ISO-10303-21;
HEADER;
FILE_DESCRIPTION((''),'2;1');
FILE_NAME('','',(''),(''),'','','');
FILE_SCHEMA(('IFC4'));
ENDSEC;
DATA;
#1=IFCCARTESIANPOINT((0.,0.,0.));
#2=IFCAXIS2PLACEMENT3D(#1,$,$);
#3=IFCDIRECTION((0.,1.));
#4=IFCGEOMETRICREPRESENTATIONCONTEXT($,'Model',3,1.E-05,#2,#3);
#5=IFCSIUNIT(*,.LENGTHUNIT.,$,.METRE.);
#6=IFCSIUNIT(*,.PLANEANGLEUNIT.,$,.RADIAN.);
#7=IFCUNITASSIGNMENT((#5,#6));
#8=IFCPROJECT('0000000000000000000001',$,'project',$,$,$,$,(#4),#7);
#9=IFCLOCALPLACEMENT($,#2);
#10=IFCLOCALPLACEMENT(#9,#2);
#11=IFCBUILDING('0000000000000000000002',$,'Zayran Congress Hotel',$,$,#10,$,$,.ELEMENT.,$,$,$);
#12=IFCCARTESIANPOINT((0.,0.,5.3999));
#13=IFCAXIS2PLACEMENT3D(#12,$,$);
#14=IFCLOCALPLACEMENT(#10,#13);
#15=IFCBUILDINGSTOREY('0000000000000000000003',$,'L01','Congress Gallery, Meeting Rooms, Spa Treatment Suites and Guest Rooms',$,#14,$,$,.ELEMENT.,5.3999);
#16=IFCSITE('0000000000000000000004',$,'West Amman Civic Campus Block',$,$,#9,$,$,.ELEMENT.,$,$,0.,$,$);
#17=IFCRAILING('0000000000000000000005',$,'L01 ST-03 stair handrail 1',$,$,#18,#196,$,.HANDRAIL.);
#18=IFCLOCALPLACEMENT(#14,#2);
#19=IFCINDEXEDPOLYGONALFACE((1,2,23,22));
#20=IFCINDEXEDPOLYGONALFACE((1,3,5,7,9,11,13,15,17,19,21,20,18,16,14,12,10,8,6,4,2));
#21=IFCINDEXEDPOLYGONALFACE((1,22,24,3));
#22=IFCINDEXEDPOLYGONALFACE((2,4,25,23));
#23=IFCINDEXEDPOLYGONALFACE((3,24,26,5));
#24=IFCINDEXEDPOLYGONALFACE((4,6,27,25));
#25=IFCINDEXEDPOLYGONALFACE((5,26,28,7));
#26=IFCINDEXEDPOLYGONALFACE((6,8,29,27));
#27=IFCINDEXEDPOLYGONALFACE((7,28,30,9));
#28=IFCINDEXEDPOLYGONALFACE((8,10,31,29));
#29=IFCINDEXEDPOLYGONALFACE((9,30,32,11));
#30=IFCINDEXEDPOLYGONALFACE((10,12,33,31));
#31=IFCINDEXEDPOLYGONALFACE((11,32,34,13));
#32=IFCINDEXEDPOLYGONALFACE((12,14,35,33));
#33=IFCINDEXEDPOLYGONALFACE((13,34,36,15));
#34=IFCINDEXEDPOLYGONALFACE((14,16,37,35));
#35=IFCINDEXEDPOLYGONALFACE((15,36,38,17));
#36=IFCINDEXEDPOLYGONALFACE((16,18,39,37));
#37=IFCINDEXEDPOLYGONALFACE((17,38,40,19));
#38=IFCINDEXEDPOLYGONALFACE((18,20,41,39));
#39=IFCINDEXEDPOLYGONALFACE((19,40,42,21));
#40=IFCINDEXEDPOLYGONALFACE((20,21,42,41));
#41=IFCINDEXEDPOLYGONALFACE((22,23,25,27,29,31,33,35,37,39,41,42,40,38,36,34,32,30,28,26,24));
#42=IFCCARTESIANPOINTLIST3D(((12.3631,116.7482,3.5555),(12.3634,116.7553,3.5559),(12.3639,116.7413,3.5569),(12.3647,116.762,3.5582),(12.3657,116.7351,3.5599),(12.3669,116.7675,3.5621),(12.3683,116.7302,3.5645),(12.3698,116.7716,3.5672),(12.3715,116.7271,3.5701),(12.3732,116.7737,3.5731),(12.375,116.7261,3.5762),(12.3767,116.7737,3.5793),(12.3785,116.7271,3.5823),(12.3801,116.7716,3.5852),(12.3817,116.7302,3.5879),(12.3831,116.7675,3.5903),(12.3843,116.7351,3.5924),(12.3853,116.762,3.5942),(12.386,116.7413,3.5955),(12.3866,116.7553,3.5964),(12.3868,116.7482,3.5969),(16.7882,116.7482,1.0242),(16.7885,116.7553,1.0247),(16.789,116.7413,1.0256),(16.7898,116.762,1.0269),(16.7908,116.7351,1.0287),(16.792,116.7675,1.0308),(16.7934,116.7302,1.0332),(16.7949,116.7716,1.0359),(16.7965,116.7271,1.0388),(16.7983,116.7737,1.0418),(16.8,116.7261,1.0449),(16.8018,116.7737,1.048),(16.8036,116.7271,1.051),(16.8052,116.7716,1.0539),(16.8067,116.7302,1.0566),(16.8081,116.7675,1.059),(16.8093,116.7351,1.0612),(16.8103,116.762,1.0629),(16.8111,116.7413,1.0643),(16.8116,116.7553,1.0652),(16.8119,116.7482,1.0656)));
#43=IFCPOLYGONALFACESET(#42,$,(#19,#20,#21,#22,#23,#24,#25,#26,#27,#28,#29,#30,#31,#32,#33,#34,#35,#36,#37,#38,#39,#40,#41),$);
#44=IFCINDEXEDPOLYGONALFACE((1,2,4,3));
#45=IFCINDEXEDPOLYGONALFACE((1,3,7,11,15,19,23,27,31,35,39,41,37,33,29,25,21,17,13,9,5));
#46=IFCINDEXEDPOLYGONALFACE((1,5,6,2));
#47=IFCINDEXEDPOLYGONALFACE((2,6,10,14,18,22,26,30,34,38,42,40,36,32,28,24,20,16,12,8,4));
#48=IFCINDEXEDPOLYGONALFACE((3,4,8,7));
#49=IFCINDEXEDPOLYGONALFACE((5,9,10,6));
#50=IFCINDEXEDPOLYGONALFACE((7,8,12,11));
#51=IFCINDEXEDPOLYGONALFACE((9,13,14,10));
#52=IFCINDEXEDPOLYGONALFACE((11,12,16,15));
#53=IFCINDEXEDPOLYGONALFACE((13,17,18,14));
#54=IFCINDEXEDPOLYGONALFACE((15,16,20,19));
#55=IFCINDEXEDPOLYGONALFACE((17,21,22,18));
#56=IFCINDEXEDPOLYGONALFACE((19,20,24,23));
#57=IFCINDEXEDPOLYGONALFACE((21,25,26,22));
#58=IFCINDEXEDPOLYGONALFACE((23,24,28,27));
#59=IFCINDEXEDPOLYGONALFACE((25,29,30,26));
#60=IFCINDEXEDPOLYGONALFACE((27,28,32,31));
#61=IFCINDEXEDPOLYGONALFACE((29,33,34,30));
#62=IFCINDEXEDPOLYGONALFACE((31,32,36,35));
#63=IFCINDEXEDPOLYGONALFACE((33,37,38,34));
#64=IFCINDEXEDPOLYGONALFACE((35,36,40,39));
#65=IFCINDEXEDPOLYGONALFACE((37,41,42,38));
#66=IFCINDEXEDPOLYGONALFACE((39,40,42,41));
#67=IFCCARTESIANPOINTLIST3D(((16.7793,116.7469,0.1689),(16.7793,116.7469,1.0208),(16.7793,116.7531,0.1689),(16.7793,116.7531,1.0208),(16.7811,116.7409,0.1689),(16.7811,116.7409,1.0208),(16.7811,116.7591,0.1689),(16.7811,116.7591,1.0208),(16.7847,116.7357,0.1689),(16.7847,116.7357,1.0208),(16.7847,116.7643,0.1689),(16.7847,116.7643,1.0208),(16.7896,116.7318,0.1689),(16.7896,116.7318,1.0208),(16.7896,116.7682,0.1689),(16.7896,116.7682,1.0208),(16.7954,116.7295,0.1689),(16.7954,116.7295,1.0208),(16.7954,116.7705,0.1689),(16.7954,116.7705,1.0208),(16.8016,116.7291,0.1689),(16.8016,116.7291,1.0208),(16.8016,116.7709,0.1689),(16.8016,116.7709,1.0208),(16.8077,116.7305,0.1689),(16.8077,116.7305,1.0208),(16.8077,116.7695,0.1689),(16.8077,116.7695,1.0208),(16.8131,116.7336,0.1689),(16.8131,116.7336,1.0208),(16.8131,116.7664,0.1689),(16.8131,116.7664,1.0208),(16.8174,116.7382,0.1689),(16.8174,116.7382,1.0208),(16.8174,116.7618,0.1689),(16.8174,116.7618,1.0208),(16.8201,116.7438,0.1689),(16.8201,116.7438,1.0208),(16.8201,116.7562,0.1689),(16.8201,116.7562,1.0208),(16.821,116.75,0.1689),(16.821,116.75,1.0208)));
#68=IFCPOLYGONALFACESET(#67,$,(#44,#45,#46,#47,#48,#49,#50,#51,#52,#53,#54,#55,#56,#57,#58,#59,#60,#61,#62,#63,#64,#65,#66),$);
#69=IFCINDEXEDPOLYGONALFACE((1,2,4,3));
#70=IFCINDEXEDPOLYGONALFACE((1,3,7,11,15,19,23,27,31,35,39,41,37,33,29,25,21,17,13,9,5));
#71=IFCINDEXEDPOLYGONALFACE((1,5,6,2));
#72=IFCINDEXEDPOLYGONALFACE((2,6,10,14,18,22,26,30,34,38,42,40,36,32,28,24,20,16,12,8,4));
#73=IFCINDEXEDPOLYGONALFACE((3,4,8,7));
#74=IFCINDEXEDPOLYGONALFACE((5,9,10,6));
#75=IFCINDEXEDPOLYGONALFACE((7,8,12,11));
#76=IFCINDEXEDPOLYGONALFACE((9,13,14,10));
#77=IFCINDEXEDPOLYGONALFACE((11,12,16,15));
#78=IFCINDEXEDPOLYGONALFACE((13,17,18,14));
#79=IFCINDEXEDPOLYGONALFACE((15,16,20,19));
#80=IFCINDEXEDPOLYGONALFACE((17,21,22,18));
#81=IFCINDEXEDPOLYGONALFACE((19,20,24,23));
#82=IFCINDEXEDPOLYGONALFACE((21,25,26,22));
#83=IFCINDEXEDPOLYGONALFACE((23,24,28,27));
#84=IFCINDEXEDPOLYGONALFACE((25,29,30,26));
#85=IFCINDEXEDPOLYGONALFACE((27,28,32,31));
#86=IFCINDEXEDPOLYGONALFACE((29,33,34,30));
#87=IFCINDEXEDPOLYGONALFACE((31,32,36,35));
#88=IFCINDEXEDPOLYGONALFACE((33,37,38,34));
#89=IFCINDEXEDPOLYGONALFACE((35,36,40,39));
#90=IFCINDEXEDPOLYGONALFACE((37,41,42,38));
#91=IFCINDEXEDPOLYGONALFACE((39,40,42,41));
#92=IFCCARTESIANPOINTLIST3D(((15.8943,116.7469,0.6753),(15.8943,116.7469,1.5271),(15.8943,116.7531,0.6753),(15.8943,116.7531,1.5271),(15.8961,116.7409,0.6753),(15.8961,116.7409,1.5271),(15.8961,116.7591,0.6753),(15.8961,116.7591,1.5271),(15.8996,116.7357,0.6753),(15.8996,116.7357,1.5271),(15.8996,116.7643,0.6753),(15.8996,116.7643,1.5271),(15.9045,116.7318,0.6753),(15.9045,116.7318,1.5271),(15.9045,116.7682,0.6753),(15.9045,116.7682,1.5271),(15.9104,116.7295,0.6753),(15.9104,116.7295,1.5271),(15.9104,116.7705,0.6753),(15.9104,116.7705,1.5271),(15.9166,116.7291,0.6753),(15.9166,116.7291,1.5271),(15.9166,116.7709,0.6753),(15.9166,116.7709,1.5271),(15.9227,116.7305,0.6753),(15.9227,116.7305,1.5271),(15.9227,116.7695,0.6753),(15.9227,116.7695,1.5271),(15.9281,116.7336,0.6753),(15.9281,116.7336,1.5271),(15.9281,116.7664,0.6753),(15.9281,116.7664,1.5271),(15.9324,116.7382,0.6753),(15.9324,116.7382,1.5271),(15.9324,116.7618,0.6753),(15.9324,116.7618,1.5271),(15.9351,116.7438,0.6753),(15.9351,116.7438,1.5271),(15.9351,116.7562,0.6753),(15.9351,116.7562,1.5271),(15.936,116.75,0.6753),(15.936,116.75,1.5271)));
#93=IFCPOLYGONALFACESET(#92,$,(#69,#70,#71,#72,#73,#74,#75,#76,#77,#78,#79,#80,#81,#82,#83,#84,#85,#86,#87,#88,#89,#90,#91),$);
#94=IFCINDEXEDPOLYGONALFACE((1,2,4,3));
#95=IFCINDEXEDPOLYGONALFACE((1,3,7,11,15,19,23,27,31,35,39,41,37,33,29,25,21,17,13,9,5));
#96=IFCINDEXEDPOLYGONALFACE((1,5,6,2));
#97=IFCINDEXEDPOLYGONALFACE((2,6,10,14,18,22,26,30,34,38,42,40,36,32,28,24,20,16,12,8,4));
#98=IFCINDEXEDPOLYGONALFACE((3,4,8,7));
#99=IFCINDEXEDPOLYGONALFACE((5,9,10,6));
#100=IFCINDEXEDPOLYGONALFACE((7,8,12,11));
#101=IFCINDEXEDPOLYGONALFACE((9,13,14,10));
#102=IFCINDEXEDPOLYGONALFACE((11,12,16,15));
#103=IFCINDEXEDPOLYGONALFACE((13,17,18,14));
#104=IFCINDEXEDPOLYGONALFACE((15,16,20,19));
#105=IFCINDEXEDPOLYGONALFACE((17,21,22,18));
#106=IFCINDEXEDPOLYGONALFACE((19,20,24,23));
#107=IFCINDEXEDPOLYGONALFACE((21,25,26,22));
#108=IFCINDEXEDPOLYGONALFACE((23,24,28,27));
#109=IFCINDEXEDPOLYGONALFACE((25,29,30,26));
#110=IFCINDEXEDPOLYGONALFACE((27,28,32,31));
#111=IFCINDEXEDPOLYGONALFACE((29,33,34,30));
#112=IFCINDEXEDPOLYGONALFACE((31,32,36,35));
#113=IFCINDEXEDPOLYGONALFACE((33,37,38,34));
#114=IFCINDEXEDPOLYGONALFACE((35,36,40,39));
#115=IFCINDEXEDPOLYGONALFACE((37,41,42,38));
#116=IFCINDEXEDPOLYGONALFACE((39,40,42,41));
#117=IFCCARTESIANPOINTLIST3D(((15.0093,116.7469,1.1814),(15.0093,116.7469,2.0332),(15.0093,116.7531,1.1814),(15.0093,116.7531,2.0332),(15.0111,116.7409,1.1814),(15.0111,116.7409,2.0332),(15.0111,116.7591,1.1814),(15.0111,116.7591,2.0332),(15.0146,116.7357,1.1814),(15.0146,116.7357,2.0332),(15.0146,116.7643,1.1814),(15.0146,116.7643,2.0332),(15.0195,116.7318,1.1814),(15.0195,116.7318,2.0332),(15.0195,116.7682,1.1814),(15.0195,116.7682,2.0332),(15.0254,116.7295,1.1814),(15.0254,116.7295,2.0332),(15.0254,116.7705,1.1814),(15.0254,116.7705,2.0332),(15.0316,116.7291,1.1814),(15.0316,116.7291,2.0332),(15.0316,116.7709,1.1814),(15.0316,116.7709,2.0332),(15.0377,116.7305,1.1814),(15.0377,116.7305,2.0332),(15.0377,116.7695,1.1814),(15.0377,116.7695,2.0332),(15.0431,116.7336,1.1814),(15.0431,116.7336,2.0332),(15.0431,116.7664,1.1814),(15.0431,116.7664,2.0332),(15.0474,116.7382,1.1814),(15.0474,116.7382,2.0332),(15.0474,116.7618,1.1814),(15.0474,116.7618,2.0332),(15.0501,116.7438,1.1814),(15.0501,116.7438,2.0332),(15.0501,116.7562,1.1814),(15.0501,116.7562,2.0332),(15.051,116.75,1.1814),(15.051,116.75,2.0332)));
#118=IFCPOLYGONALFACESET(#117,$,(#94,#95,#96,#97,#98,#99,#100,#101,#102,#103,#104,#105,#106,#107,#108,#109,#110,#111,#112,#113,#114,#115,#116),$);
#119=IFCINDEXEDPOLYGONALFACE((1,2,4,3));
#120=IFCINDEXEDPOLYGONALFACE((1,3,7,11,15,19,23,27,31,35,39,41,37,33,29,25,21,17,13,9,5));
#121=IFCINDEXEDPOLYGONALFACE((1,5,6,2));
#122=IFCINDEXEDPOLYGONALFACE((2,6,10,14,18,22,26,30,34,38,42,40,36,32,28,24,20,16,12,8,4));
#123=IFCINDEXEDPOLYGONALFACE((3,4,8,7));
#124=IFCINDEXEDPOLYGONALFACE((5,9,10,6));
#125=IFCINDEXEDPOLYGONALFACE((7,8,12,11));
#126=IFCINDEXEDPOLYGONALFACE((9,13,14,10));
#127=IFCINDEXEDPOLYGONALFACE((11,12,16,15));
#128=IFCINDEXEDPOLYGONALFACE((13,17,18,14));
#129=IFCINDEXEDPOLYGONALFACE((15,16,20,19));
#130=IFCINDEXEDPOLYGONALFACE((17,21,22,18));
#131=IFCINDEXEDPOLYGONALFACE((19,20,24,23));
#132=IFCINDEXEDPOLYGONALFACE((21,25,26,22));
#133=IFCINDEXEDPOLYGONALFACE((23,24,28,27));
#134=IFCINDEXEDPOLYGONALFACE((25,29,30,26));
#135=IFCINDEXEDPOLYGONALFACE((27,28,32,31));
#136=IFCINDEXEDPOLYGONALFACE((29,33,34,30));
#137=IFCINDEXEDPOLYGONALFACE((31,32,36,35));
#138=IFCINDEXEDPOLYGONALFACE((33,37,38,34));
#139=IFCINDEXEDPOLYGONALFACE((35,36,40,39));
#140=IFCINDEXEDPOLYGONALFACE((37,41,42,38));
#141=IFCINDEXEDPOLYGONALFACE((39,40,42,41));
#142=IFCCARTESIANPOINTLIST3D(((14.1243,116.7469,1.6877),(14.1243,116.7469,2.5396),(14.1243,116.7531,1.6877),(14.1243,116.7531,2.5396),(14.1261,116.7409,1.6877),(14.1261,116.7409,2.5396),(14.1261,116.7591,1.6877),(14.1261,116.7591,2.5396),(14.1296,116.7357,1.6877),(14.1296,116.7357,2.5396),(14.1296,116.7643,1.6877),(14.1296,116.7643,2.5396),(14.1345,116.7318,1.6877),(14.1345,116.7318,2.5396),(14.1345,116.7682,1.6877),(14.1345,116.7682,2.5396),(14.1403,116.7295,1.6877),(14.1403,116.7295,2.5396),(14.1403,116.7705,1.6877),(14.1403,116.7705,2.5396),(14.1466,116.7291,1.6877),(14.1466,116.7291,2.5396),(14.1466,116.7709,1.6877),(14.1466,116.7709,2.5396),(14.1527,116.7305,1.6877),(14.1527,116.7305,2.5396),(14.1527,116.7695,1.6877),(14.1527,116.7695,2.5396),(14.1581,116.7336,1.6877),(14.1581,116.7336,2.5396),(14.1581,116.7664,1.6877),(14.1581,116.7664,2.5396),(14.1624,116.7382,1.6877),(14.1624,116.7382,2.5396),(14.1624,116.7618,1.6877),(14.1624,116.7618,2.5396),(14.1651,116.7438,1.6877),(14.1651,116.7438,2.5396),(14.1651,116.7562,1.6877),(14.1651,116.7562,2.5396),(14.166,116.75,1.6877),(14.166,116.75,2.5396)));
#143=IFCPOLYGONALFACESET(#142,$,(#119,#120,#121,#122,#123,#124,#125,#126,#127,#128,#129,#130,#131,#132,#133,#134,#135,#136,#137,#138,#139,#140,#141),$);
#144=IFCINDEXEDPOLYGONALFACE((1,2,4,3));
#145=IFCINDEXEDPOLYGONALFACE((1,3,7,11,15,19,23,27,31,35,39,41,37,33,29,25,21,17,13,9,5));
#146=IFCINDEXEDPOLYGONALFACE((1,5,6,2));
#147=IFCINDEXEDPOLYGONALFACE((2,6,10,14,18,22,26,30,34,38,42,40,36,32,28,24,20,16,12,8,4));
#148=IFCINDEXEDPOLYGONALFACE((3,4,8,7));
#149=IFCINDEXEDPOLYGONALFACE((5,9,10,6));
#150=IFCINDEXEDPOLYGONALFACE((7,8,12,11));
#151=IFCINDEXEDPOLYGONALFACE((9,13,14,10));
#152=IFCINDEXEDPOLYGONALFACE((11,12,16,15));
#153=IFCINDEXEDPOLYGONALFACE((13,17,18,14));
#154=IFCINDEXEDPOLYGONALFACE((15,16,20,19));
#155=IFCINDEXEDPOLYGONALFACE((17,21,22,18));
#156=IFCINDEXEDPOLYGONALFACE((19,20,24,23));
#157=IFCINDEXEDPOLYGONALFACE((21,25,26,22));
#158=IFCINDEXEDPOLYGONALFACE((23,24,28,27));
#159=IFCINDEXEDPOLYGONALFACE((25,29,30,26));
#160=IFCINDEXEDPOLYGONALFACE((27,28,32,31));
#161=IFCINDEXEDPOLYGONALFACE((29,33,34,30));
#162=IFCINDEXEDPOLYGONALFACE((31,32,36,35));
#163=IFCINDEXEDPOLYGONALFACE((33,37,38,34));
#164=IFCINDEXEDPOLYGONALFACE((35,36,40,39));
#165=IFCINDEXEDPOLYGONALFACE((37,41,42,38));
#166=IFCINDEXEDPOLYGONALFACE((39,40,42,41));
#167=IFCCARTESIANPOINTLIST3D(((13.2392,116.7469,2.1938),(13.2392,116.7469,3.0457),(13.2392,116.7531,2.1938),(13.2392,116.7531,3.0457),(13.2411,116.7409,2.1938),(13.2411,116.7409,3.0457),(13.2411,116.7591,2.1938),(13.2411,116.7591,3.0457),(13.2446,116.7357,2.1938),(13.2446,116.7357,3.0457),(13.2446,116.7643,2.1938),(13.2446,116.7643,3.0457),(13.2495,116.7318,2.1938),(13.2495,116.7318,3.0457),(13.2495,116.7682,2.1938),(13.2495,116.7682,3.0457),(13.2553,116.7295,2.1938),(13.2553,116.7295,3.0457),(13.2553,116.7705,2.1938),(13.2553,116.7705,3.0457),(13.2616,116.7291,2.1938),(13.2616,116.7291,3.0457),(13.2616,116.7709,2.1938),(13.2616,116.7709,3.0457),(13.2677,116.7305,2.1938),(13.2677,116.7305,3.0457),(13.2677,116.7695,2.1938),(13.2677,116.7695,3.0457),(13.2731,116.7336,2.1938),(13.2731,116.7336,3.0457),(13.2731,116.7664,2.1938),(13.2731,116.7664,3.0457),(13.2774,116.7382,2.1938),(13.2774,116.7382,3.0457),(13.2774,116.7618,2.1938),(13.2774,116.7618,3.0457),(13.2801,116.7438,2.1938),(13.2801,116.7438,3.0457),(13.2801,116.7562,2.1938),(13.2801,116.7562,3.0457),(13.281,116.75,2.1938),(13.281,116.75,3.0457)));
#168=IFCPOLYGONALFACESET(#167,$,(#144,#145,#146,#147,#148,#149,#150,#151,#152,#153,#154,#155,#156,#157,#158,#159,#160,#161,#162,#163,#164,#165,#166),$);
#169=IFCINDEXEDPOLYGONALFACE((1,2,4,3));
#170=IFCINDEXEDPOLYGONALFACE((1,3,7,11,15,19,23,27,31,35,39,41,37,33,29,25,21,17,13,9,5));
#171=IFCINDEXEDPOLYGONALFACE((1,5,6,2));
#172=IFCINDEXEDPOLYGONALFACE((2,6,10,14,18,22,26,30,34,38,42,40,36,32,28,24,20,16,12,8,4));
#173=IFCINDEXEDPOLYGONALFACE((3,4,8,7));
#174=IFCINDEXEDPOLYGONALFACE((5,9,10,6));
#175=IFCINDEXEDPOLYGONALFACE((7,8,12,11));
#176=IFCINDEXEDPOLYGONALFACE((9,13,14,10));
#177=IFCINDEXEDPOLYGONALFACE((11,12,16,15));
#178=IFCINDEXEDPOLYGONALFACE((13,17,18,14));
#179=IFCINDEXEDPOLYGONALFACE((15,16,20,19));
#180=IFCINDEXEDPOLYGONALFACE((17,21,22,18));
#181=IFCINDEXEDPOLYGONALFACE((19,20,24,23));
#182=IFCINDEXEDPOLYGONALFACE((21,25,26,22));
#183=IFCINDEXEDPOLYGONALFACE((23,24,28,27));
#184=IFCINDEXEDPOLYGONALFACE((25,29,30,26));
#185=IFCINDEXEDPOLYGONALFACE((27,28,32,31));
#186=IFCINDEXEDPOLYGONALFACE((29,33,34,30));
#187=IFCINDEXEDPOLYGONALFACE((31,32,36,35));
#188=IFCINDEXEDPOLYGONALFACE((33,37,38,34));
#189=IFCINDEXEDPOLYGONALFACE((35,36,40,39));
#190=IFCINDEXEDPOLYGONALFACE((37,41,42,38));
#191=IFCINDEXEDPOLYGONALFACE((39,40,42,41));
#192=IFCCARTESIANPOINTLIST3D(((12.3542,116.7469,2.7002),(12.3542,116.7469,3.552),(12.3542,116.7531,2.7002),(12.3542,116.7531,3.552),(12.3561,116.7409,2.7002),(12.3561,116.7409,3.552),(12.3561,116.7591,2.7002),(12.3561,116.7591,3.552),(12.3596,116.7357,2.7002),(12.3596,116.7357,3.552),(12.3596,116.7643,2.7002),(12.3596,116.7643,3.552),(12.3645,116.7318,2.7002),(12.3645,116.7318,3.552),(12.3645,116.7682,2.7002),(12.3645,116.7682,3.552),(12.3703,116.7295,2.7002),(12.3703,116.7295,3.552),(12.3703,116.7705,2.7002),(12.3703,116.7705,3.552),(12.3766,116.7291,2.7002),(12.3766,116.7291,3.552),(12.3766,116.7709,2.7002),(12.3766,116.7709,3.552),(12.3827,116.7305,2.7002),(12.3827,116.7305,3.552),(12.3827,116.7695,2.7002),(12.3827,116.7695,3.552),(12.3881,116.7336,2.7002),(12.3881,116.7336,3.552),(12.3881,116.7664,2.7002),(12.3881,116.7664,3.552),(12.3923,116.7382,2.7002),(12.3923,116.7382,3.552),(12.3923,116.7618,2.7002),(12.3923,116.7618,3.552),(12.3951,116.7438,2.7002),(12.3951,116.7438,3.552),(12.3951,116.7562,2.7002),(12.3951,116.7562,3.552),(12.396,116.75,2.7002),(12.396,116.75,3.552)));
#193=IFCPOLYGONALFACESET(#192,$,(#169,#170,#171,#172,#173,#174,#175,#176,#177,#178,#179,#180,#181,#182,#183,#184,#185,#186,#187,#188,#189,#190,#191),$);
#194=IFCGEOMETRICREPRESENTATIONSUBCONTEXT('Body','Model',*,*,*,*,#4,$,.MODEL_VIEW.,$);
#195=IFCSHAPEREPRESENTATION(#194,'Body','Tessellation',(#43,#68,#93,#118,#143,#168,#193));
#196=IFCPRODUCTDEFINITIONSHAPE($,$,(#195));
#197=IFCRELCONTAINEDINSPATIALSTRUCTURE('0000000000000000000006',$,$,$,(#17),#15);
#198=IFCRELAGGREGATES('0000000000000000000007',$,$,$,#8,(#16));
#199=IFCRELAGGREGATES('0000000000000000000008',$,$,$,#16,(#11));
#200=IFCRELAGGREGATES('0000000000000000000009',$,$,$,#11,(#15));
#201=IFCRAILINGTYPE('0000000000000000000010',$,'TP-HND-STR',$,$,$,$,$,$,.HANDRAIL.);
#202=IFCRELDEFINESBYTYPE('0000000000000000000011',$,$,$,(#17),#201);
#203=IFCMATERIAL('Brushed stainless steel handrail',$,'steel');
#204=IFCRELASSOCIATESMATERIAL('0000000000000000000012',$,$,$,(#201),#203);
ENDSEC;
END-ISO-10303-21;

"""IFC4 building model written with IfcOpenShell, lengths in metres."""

from ifc_helpers import new_model, si_unit, direction, frame, origin, origin_2d, place, context, subcontext, project, spatial, circle, extrude, material, type_object, element, save


model = new_model("IFC4")

# Units and contexts
model_context = context("Model", 3, precision=1e-05, world=origin(), true_north=direction((0.0, 1.0)))
body_context = subcontext(model_context, "Body", "Model", "MODEL_VIEW")
ifc_project = project(units=[si_unit("LENGTHUNIT", "METRE"), si_unit("PLANEANGLEUNIT", "RADIAN")], contexts=[model_context])

# Site, building, storey
site_placement = place(None, origin())
site = spatial("IfcSite", under=ifc_project, at=site_placement, Name="West Amman Civic Campus Block", CompositionType="ELEMENT", RefElevation=0.0)
building_placement = place(site_placement, origin())
building = spatial("IfcBuilding", under=site, at=building_placement, Name="Zayran Congress Hotel", CompositionType="ELEMENT")
storey_placement = place(building_placement, frame((0.0, 0.0, 5.3999)))
storey = spatial("IfcBuildingStorey", under=building, at=storey_placement, Name="L01", Description="Congress Gallery, Meeting Rooms, Spa Treatment Suites and Guest Rooms", CompositionType="ELEMENT", Elevation=5.3999)

# Railing
ifc_material_1 = material(Name="Brushed stainless steel handrail", Category="steel")
railing_type = type_object("IfcRailingType", Name="TP-HND-STR", PredefinedType="HANDRAIL", material=ifc_material_1)
railing_placement = place(storey_placement, frame((16.8, 116.75, 0.1689)))
element("IfcRailing", 1, at=railing_placement, inside=storey, type_object=railing_type, Name="L01 ST-03 stair handrail 1", PredefinedType="HANDRAIL", context=body_context, shape_type="SweptSolid", body=[
    extrude(circle(Radius=0.0239, at=origin_2d()), frame((0.0, 0.0, 0.876), z_axis=(-0.868019, 0.0, 0.496531), x_axis=(0.0, -1.0, 0.0)), (0.0, 0.0, 1.0), 5.0979),
    extrude(circle(Radius=0.021, at=origin_2d()), origin(), (0.0, 0.0, 1.0), 0.8518),
    extrude(circle(Radius=0.021, at=origin_2d()), frame((-0.885, 0.0, 0.5063)), (0.0, 0.0, 1.0), 0.8518),
    extrude(circle(Radius=0.021, at=origin_2d()), frame((-1.77, 0.0, 1.0125)), (0.0, 0.0, 1.0), 0.8518),
    extrude(circle(Radius=0.021, at=origin_2d()), frame((-2.655, 0.0, 1.5188)), (0.0, 0.0, 1.0), 0.8518),
    extrude(circle(Radius=0.021, at=origin_2d()), frame((-3.54, 0.0, 2.0249)), (0.0, 0.0, 1.0), 0.8518),
    extrude(circle(Radius=0.021, at=origin_2d()), frame((-4.425, 0.0, 2.5312)), (0.0, 0.0, 1.0), 0.8518),
])

save(model, "model.ifc")
